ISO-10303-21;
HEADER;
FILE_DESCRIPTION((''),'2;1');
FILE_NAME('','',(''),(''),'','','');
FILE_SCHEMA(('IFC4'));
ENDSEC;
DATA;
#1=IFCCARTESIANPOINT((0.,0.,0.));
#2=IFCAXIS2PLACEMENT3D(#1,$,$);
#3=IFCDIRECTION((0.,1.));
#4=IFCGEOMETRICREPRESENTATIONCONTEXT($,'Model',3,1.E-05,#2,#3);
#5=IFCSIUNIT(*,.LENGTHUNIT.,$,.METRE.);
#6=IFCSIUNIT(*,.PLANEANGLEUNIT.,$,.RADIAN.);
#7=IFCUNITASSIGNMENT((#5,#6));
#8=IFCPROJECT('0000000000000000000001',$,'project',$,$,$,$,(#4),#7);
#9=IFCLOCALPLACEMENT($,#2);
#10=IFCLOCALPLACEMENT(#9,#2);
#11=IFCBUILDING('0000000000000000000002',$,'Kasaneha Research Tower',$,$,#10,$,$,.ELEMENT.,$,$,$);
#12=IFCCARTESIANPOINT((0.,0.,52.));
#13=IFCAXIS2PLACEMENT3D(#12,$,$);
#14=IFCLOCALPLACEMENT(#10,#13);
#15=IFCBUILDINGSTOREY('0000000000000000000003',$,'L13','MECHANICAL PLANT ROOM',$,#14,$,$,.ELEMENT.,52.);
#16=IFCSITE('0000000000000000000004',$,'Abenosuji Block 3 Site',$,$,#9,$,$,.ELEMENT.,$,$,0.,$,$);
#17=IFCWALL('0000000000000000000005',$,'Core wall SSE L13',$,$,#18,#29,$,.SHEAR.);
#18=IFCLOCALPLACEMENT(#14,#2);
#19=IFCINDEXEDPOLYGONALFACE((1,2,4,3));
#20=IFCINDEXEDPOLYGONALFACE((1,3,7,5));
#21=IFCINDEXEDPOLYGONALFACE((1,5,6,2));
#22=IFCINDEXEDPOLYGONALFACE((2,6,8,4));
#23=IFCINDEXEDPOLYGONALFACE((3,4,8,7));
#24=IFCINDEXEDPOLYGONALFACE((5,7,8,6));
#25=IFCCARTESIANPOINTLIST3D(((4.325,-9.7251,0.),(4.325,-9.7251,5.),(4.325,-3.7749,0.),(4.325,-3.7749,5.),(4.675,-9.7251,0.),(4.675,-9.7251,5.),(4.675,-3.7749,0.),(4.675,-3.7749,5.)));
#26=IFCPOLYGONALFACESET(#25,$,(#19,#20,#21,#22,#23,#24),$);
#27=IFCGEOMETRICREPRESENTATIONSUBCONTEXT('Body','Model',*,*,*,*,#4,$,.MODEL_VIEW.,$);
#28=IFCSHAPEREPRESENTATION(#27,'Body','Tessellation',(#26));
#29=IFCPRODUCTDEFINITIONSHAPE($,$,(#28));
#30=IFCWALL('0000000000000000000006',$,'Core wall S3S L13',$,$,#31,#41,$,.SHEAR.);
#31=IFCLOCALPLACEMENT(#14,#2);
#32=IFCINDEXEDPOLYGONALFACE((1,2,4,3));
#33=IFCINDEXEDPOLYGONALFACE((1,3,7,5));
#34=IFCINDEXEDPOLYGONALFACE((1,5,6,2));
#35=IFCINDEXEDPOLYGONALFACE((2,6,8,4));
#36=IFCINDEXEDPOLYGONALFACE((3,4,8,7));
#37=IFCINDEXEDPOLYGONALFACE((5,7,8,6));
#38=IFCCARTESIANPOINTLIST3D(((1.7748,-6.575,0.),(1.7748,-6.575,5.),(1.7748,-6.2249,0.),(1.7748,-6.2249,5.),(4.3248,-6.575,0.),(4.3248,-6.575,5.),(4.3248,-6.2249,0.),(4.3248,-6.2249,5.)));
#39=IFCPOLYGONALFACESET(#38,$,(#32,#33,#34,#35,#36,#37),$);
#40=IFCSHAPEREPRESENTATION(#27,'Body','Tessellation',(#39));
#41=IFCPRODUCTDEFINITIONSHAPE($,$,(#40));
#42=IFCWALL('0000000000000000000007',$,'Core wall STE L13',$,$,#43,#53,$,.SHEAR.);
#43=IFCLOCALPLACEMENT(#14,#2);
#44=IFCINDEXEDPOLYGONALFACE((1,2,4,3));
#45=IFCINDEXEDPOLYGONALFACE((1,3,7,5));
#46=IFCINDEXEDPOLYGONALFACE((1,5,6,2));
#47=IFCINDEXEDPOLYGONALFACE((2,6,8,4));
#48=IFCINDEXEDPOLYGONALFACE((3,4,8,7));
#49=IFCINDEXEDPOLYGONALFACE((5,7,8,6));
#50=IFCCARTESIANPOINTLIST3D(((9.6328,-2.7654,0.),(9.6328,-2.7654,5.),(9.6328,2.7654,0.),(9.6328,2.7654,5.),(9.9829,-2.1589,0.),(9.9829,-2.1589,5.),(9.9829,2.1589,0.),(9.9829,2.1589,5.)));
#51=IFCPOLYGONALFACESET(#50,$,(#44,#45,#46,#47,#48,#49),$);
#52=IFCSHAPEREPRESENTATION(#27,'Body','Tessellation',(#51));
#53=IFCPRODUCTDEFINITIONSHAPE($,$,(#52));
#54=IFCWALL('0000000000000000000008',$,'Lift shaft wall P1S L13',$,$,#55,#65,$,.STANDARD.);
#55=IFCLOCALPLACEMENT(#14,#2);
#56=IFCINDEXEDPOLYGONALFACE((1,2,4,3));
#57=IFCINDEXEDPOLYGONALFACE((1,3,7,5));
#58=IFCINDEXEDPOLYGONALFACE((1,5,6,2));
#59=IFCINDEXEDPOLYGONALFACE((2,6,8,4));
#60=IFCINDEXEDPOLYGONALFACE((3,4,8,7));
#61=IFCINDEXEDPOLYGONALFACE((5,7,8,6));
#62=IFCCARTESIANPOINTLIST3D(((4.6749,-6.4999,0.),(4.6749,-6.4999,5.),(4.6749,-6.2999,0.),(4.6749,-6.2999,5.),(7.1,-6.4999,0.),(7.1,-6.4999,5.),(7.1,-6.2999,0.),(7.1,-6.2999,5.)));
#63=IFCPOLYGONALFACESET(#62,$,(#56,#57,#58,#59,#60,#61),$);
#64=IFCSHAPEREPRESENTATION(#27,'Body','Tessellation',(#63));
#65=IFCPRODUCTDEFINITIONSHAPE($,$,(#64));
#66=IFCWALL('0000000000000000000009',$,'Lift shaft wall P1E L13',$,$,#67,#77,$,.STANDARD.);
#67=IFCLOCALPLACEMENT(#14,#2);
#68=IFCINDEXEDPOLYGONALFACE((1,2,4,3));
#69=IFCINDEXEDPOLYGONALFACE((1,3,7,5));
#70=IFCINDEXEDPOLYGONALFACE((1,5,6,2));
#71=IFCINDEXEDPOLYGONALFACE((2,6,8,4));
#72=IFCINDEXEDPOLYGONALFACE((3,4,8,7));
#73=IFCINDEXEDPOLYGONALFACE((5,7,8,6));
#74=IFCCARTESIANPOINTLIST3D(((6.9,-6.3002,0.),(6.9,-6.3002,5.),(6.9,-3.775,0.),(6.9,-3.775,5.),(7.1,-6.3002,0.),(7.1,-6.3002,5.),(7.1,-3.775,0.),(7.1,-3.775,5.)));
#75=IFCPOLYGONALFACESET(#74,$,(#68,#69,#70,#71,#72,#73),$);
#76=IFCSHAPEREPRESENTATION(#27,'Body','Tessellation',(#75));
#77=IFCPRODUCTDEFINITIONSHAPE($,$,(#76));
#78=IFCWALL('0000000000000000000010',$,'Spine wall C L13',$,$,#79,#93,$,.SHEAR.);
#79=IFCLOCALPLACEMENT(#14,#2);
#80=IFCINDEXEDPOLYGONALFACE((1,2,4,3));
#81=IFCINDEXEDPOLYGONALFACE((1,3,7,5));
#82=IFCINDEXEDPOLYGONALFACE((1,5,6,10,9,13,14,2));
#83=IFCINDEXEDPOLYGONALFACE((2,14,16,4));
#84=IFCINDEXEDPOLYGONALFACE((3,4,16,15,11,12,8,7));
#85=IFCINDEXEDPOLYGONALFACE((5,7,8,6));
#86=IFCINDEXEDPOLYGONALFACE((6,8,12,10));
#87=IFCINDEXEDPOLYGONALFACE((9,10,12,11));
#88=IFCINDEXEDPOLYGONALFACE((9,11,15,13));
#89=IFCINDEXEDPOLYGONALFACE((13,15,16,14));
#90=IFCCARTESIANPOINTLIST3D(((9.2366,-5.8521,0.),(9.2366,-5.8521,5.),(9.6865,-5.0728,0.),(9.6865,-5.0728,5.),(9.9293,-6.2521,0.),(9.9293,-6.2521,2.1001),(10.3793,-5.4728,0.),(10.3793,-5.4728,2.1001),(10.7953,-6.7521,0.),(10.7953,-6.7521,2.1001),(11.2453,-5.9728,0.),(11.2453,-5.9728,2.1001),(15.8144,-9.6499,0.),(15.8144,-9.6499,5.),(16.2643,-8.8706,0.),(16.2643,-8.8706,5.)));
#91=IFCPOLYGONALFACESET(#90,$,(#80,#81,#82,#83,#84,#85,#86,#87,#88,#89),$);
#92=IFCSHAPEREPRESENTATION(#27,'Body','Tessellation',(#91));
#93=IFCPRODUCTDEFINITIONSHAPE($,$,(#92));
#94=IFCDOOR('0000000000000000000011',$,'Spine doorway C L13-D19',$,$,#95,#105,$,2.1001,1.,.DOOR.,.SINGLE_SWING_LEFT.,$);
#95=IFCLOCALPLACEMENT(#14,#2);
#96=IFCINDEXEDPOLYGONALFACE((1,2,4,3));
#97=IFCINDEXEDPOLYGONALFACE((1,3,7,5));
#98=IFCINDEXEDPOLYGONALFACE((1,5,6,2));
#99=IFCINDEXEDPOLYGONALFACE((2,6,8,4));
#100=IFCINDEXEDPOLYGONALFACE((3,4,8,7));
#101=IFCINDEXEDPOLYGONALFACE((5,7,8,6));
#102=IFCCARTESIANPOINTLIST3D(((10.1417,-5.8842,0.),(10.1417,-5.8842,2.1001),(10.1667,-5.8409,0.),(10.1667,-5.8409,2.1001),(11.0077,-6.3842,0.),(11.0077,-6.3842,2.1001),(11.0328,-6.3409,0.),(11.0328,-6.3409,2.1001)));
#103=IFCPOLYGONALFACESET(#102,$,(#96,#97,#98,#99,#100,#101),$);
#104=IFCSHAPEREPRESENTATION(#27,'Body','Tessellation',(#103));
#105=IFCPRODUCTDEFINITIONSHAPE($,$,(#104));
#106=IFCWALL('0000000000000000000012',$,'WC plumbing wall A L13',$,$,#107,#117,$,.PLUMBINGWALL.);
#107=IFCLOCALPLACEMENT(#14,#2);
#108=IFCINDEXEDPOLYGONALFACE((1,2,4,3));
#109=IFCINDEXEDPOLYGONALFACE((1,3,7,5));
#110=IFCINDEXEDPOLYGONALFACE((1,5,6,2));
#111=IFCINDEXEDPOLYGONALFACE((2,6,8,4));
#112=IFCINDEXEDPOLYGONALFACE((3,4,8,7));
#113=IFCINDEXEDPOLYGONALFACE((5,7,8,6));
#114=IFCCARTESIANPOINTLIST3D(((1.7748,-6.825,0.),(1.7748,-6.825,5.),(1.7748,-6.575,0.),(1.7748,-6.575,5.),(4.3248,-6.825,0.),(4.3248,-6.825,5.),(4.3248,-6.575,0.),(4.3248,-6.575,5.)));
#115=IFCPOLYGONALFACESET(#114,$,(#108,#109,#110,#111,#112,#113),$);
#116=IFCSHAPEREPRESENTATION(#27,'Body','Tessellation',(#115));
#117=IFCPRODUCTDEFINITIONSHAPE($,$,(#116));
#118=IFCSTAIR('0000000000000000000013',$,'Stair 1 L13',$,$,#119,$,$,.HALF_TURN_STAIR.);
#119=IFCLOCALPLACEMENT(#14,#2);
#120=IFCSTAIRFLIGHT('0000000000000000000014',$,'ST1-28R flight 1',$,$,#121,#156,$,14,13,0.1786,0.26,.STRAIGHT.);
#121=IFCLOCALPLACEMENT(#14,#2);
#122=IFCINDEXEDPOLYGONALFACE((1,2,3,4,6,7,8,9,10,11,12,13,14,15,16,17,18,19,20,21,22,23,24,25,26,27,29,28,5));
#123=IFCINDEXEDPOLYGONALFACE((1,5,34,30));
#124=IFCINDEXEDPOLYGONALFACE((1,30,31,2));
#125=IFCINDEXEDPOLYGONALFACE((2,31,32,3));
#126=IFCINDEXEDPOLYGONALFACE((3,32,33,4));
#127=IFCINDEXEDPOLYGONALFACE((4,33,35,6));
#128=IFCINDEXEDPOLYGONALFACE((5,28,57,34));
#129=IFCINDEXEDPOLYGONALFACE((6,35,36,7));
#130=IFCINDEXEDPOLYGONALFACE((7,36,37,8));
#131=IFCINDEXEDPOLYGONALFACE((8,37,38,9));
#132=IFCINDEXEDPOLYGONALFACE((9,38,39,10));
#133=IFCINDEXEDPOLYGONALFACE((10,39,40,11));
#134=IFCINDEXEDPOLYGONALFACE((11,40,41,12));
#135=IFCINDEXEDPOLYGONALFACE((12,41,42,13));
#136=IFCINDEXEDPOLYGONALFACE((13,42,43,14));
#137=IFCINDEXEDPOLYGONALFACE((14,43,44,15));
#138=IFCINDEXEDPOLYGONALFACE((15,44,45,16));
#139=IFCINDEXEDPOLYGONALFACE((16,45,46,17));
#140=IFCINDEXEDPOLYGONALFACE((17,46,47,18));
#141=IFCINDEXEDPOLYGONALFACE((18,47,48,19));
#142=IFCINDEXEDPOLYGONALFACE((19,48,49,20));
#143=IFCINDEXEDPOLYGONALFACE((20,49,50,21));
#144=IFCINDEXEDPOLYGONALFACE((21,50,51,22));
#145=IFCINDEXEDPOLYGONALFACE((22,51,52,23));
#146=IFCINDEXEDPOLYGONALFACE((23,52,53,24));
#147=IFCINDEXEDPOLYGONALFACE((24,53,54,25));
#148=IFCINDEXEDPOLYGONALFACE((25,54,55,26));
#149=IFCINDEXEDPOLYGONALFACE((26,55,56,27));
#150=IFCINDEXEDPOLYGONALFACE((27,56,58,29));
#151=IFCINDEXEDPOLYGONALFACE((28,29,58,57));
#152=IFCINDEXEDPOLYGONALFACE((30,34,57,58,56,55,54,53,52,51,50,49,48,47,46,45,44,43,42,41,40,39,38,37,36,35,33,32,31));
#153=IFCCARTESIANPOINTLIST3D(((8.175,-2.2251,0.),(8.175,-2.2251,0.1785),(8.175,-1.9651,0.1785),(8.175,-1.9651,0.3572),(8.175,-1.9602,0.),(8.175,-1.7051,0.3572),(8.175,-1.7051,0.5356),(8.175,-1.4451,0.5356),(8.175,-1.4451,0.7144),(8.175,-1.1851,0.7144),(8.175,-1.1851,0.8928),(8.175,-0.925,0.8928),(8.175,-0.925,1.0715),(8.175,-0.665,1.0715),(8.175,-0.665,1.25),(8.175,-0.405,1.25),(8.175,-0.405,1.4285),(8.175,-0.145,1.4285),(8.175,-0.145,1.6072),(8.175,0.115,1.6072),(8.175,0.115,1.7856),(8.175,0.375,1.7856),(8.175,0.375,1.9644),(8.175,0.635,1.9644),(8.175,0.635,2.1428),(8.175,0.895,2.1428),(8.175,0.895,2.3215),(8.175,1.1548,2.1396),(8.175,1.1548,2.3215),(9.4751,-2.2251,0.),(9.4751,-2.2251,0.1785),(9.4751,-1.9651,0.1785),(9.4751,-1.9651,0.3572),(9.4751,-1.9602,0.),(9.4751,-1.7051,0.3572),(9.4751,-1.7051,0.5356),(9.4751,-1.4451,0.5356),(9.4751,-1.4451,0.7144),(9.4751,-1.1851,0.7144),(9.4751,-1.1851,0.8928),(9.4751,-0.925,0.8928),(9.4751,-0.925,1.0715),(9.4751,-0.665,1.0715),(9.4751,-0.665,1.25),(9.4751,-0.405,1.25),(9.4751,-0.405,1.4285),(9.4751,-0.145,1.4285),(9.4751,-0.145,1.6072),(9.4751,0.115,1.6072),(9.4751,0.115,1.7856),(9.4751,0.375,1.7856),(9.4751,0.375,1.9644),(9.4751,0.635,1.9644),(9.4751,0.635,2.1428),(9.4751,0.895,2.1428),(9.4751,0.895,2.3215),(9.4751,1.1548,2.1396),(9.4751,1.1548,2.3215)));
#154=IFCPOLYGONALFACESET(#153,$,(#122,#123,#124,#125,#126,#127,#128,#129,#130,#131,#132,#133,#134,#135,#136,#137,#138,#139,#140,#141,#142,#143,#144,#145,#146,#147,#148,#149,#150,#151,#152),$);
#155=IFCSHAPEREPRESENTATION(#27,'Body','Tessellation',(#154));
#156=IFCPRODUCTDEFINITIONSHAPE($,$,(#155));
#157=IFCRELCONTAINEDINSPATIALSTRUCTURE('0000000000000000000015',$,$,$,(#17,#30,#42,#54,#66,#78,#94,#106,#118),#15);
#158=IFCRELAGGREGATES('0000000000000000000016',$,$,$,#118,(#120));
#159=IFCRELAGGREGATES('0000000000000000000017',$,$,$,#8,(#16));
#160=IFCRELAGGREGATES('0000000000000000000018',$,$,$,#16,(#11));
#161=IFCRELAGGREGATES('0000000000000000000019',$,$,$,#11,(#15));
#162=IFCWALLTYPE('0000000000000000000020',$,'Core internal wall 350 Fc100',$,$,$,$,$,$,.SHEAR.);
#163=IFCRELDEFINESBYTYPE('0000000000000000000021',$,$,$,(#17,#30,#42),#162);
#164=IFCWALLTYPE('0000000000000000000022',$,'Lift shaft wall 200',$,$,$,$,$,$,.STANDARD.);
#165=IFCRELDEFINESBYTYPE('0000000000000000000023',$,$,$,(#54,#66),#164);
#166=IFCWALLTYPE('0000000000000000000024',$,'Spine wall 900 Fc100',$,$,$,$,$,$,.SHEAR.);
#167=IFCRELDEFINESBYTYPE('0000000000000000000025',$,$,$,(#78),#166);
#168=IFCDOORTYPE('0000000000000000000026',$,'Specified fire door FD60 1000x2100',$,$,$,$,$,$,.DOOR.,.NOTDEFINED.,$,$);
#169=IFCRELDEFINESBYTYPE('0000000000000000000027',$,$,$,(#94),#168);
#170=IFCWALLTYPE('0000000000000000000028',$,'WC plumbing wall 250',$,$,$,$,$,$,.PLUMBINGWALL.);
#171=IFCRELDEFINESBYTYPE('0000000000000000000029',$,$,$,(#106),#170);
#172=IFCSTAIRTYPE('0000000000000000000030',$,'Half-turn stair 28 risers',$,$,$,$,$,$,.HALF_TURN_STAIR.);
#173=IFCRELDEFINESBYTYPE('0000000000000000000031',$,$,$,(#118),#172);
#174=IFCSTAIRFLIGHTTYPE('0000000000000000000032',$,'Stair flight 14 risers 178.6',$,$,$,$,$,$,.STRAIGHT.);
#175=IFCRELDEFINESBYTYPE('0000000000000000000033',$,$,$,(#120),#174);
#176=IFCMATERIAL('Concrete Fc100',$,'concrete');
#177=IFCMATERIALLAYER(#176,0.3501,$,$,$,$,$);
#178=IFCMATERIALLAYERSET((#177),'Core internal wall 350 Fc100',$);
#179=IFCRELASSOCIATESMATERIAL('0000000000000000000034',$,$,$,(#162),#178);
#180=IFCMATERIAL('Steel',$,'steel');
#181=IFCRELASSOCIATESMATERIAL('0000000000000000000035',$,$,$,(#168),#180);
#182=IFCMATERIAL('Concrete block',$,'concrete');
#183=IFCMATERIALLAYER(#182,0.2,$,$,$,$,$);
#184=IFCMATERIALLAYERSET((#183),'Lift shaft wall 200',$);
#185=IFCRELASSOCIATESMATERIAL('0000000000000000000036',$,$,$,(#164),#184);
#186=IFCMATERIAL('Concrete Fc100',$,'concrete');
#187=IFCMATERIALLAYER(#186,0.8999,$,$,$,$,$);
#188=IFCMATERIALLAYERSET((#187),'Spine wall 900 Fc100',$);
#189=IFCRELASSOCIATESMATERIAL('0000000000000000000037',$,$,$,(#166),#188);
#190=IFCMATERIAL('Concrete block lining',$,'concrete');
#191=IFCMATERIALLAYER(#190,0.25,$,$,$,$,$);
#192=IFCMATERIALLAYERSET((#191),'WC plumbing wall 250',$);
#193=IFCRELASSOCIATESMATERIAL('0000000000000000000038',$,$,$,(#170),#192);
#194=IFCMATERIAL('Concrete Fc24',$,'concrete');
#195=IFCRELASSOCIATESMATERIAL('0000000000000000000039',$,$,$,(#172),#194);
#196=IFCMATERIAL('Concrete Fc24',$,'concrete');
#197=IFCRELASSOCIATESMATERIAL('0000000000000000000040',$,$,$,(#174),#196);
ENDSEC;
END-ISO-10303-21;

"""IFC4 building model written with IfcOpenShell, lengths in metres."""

from ifc_helpers import new_model, si_unit, direction, frame, frame_2d, origin, place, context, subcontext, project, spatial, polyline, rectangle, outline, extrude, material, layer, layer_set, type_object, element, fill, aggregate, save


model = new_model("IFC4")

# Units and contexts
model_context = context("Model", 3, precision=1e-05, world=origin(), true_north=direction((0.0, 1.0)))
body_context = subcontext(model_context, "Body", "Model", "MODEL_VIEW")
ifc_project = project(units=[si_unit("LENGTHUNIT", "METRE"), si_unit("PLANEANGLEUNIT", "RADIAN")], contexts=[model_context])

# Site, building, storey
site_placement = place(None, origin())
site = spatial("IfcSite", under=ifc_project, at=site_placement, Name="Abenosuji Block 3 Site", CompositionType="ELEMENT", RefElevation=0.0)
building_placement = place(site_placement, origin())
building = spatial("IfcBuilding", under=site, at=building_placement, Name="Kasaneha Research Tower", CompositionType="ELEMENT")
storey_placement = place(building_placement, frame((0.0, 0.0, 52.0)))
storey = spatial("IfcBuildingStorey", under=building, at=storey_placement, Name="L13", Description="MECHANICAL PLANT ROOM", CompositionType="ELEMENT", Elevation=52.0)

# Shared definitions
ifc_material_1 = material(Name="Concrete Fc100", Category="concrete")
ifc_layer_1 = layer(ifc_material_1, 0.3501)
ifc_layer_set_1 = layer_set([ifc_layer_1], Name="Core internal wall 350 Fc100")
wall_type_1 = type_object("IfcWallType", Name="Core internal wall 350 Fc100", PredefinedType="SHEAR", material=ifc_layer_set_1)

# Shared definitions
ifc_material_2 = material(Name="Steel", Category="steel")
door_type_1 = type_object("IfcDoorType", Name="Specified fire door FD60 1000x2100", OperationType="NOTDEFINED", PredefinedType="DOOR", material=ifc_material_2)

# Walls
wall_1_placement = place(storey_placement, frame((4.5, -3.7749, 0.0), z_axis=(0.0, 0.0, 1.0), x_axis=(0.0, -1.0, 0.0)))
element("IfcWall", 1, at=wall_1_placement, inside=storey, type_object=wall_type_1, Name="Core wall SSE L13", PredefinedType="SHEAR", context=body_context, shape_type="SweptSolid", body=[
    extrude(rectangle(XDim=5.9502, YDim=0.3501, at=frame_2d((2.9751, 0.0))), origin(), (0.0, 0.0, 1.0), 5.0),
])
wall_2_placement = place(storey_placement, frame((1.7749, -6.3999, 0.0), z_axis=(0.0, 0.0, 1.0), x_axis=(1.0, 0.0, 0.0)))
element("IfcWall", 2, at=wall_2_placement, inside=storey, type_object=wall_type_1, Name="Core wall S3S L13", PredefinedType="SHEAR", context=body_context, shape_type="SweptSolid", body=[
    extrude(rectangle(XDim=2.55, YDim=0.3501, at=frame_2d((1.2749, 0.0))), origin(), (0.0, 0.0, 1.0), 5.0),
])
wall_3_placement = place(storey_placement, frame((9.8079, -2.4622, 0.0), z_axis=(0.0, 0.0, 1.0), x_axis=(0.0, 1.0, 0.0)))
element("IfcWall", 3, at=wall_3_placement, inside=storey, type_object=wall_type_1, Name="Core wall STE L13", PredefinedType="SHEAR", context=body_context, shape_type="SweptSolid", body=[
    extrude(outline(polyline([(0.3032, -0.175), (4.6211, -0.175), (5.2275, 0.175), (-0.3032, 0.175), (0.3032, -0.175)])), origin(), (0.0, 0.0, 1.0), 5.0),
])
ifc_material_3 = material(Name="Concrete block", Category="concrete")
ifc_layer_2 = layer(ifc_material_3, 0.2)
ifc_layer_set_2 = layer_set([ifc_layer_2], Name="Lift shaft wall 200")
wall_type_2 = type_object("IfcWallType", Name="Lift shaft wall 200", PredefinedType="STANDARD", material=ifc_layer_set_2)
wall_4_placement = place(storey_placement, frame((4.675, -6.3999, 0.0), z_axis=(0.0, 0.0, 1.0), x_axis=(1.0, 0.0, 0.0)))
element("IfcWall", 4, at=wall_4_placement, inside=storey, type_object=wall_type_2, Name="Lift shaft wall P1S L13", PredefinedType="STANDARD", context=body_context, shape_type="SweptSolid", body=[
    extrude(rectangle(XDim=2.425, YDim=0.2, at=frame_2d((1.2124, 0.0))), origin(), (0.0, 0.0, 1.0), 5.0),
])
wall_5_placement = place(storey_placement, frame((7.0, -3.7749, 0.0), z_axis=(0.0, 0.0, 1.0), x_axis=(0.0, -1.0, 0.0)))
element("IfcWall", 5, at=wall_5_placement, inside=storey, type_object=wall_type_2, Name="Lift shaft wall P1E L13", PredefinedType="STANDARD", context=body_context, shape_type="SweptSolid", body=[
    extrude(rectangle(XDim=2.5251, YDim=0.2, at=frame_2d((1.2627, 0.0))), origin(), (0.0, 0.0, 1.0), 5.0),
])

# Wall, opening, door
ifc_material_4 = material(Name="Concrete Fc100", Category="concrete")
ifc_layer_3 = layer(ifc_material_4, 0.8999)
ifc_layer_set_3 = layer_set([ifc_layer_3], Name="Spine wall 900 Fc100")
wall_type_3 = type_object("IfcWallType", Name="Spine wall 900 Fc100", PredefinedType="SHEAR", material=ifc_layer_set_3)
wall_6_placement = place(storey_placement, frame((9.4614, -5.4624, 0.0), z_axis=(0.0, 0.0, 1.0), x_axis=(0.866019, -0.500011, 0.0)))
wall_6 = element("IfcWall", 6, at=wall_6_placement, inside=storey, type_object=wall_type_3, Name="Spine wall C L13", PredefinedType="SHEAR", context=body_context, shape_type="SweptSolid", body=[
    extrude(rectangle(XDim=7.5955, YDim=0.8999, at=frame_2d((3.7979, 0.0))), origin(), (0.0, 0.0, 1.0), 5.0),
])
opening_1_placement = place(wall_6_placement, frame((0.8, 0.0, 0.0)))
opening_1 = element("IfcOpeningElement", 7, at=opening_1_placement, cuts=wall_6, PredefinedType="OPENING", context=body_context, shape_type="SweptSolid", body=[
    extrude(rectangle(XDim=1.0, YDim=2.1001, at=frame_2d((0.5, 1.05))), frame((0.0, 0.46, 0.0), z_axis=(0.0, -1.0, 0.0), x_axis=(1.0, 0.0, 0.0)), (0.0, 0.0, 1.0), 0.9199),
])
door_1_placement = place(opening_1_placement, origin())
door_1 = element("IfcDoor", 8, at=door_1_placement, inside=storey, type_object=door_type_1, Name="Spine doorway C L13-D19", OperationType="SINGLE_SWING_LEFT", OverallHeight=2.1001, OverallWidth=1.0, PredefinedType="DOOR", context=body_context, shape_type="SweptSolid", body=[
    extrude(rectangle(XDim=1.0, YDim=2.1001, at=frame_2d((0.5, 1.05))), frame((0.0, 0.0249, 0.0), z_axis=(0.0, -1.0, 0.0), x_axis=(1.0, 0.0, 0.0)), (0.0, 0.0, 1.0), 0.05),
])
fill(opening_1, door_1)

# Wall
ifc_material_5 = material(Name="Concrete block lining", Category="concrete")
ifc_layer_4 = layer(ifc_material_5, 0.25)
ifc_layer_set_4 = layer_set([ifc_layer_4], Name="WC plumbing wall 250")
wall_type_4 = type_object("IfcWallType", Name="WC plumbing wall 250", PredefinedType="PLUMBINGWALL", material=ifc_layer_set_4)
wall_7_placement = place(storey_placement, frame((1.7749, -6.7, 0.0), z_axis=(0.0, 0.0, 1.0), x_axis=(1.0, 0.0, 0.0)))
element("IfcWall", 9, at=wall_7_placement, inside=storey, type_object=wall_type_4, Name="WC plumbing wall A L13", PredefinedType="PLUMBINGWALL", context=body_context, shape_type="SweptSolid", body=[
    extrude(rectangle(XDim=2.55, YDim=0.25, at=frame_2d((1.2749, 0.0))), origin(), (0.0, 0.0, 1.0), 5.0),
])

# Stair, stair flight
ifc_material_6 = material(Name="Concrete Fc24", Category="concrete")
stair_type = type_object("IfcStairType", Name="Half-turn stair 28 risers", PredefinedType="HALF_TURN_STAIR", material=ifc_material_6)
stair_placement = place(storey_placement, origin())
stair = element("IfcStair", 10, at=stair_placement, inside=storey, type_object=stair_type, Name="Stair 1 L13", PredefinedType="HALF_TURN_STAIR")
ifc_material_7 = material(Name="Concrete Fc24", Category="concrete")
stair_flight_type = type_object("IfcStairFlightType", Name="Stair flight 14 risers 178.6", PredefinedType="STRAIGHT", material=ifc_material_7)
stair_flight_placement = place(storey_placement, frame((8.825, -2.2251, 0.0), z_axis=(0.0, 0.0, 1.0), x_axis=(0.0, 1.0, 0.0)))
stair_flight = element("IfcStairFlight", 11, at=stair_flight_placement, type_object=stair_flight_type, Name="ST1-28R flight 1", NumberOfRisers=14, NumberOfTreads=13, PredefinedType="STRAIGHT", RiserHeight=0.1786, TreadLength=0.26, context=body_context, shape_type="SweptSolid", body=[
    extrude(outline(polyline([(0.0, 0.0), (0.0, 0.1785), (0.26, 0.1785), (0.26, 0.3572), (0.52, 0.3572), (0.52, 0.5356), (0.78, 0.5356), (0.78, 0.7144), (1.04, 0.7144), (1.04, 0.8928), (1.3, 0.8928), (1.3, 1.0715), (1.5601, 1.0715), (1.5601, 1.25), (1.8201, 1.25), (1.8201, 1.4285), (2.0801, 1.4285), (2.0801, 1.6072), (2.3401, 1.6072), (2.3401, 1.7856), (2.6001, 1.7856), (2.6001, 1.9644), (2.8601, 1.9644), (2.8601, 2.1428), (3.1201, 2.1428), (3.1201, 2.3215), (3.3799, 2.3215), (3.3799, 2.5), (3.3799, 2.1396), (0.2649, 0.0), (0.0, 0.0)])), frame((0.0, 0.6499, 0.0), z_axis=(0.0, -1.0, 0.0), x_axis=(1.0, 0.0, 0.0)), (0.0, 0.0, 1.0), 1.3),
])
aggregate(stair, [stair_flight])

save(model, "model.ifc")
